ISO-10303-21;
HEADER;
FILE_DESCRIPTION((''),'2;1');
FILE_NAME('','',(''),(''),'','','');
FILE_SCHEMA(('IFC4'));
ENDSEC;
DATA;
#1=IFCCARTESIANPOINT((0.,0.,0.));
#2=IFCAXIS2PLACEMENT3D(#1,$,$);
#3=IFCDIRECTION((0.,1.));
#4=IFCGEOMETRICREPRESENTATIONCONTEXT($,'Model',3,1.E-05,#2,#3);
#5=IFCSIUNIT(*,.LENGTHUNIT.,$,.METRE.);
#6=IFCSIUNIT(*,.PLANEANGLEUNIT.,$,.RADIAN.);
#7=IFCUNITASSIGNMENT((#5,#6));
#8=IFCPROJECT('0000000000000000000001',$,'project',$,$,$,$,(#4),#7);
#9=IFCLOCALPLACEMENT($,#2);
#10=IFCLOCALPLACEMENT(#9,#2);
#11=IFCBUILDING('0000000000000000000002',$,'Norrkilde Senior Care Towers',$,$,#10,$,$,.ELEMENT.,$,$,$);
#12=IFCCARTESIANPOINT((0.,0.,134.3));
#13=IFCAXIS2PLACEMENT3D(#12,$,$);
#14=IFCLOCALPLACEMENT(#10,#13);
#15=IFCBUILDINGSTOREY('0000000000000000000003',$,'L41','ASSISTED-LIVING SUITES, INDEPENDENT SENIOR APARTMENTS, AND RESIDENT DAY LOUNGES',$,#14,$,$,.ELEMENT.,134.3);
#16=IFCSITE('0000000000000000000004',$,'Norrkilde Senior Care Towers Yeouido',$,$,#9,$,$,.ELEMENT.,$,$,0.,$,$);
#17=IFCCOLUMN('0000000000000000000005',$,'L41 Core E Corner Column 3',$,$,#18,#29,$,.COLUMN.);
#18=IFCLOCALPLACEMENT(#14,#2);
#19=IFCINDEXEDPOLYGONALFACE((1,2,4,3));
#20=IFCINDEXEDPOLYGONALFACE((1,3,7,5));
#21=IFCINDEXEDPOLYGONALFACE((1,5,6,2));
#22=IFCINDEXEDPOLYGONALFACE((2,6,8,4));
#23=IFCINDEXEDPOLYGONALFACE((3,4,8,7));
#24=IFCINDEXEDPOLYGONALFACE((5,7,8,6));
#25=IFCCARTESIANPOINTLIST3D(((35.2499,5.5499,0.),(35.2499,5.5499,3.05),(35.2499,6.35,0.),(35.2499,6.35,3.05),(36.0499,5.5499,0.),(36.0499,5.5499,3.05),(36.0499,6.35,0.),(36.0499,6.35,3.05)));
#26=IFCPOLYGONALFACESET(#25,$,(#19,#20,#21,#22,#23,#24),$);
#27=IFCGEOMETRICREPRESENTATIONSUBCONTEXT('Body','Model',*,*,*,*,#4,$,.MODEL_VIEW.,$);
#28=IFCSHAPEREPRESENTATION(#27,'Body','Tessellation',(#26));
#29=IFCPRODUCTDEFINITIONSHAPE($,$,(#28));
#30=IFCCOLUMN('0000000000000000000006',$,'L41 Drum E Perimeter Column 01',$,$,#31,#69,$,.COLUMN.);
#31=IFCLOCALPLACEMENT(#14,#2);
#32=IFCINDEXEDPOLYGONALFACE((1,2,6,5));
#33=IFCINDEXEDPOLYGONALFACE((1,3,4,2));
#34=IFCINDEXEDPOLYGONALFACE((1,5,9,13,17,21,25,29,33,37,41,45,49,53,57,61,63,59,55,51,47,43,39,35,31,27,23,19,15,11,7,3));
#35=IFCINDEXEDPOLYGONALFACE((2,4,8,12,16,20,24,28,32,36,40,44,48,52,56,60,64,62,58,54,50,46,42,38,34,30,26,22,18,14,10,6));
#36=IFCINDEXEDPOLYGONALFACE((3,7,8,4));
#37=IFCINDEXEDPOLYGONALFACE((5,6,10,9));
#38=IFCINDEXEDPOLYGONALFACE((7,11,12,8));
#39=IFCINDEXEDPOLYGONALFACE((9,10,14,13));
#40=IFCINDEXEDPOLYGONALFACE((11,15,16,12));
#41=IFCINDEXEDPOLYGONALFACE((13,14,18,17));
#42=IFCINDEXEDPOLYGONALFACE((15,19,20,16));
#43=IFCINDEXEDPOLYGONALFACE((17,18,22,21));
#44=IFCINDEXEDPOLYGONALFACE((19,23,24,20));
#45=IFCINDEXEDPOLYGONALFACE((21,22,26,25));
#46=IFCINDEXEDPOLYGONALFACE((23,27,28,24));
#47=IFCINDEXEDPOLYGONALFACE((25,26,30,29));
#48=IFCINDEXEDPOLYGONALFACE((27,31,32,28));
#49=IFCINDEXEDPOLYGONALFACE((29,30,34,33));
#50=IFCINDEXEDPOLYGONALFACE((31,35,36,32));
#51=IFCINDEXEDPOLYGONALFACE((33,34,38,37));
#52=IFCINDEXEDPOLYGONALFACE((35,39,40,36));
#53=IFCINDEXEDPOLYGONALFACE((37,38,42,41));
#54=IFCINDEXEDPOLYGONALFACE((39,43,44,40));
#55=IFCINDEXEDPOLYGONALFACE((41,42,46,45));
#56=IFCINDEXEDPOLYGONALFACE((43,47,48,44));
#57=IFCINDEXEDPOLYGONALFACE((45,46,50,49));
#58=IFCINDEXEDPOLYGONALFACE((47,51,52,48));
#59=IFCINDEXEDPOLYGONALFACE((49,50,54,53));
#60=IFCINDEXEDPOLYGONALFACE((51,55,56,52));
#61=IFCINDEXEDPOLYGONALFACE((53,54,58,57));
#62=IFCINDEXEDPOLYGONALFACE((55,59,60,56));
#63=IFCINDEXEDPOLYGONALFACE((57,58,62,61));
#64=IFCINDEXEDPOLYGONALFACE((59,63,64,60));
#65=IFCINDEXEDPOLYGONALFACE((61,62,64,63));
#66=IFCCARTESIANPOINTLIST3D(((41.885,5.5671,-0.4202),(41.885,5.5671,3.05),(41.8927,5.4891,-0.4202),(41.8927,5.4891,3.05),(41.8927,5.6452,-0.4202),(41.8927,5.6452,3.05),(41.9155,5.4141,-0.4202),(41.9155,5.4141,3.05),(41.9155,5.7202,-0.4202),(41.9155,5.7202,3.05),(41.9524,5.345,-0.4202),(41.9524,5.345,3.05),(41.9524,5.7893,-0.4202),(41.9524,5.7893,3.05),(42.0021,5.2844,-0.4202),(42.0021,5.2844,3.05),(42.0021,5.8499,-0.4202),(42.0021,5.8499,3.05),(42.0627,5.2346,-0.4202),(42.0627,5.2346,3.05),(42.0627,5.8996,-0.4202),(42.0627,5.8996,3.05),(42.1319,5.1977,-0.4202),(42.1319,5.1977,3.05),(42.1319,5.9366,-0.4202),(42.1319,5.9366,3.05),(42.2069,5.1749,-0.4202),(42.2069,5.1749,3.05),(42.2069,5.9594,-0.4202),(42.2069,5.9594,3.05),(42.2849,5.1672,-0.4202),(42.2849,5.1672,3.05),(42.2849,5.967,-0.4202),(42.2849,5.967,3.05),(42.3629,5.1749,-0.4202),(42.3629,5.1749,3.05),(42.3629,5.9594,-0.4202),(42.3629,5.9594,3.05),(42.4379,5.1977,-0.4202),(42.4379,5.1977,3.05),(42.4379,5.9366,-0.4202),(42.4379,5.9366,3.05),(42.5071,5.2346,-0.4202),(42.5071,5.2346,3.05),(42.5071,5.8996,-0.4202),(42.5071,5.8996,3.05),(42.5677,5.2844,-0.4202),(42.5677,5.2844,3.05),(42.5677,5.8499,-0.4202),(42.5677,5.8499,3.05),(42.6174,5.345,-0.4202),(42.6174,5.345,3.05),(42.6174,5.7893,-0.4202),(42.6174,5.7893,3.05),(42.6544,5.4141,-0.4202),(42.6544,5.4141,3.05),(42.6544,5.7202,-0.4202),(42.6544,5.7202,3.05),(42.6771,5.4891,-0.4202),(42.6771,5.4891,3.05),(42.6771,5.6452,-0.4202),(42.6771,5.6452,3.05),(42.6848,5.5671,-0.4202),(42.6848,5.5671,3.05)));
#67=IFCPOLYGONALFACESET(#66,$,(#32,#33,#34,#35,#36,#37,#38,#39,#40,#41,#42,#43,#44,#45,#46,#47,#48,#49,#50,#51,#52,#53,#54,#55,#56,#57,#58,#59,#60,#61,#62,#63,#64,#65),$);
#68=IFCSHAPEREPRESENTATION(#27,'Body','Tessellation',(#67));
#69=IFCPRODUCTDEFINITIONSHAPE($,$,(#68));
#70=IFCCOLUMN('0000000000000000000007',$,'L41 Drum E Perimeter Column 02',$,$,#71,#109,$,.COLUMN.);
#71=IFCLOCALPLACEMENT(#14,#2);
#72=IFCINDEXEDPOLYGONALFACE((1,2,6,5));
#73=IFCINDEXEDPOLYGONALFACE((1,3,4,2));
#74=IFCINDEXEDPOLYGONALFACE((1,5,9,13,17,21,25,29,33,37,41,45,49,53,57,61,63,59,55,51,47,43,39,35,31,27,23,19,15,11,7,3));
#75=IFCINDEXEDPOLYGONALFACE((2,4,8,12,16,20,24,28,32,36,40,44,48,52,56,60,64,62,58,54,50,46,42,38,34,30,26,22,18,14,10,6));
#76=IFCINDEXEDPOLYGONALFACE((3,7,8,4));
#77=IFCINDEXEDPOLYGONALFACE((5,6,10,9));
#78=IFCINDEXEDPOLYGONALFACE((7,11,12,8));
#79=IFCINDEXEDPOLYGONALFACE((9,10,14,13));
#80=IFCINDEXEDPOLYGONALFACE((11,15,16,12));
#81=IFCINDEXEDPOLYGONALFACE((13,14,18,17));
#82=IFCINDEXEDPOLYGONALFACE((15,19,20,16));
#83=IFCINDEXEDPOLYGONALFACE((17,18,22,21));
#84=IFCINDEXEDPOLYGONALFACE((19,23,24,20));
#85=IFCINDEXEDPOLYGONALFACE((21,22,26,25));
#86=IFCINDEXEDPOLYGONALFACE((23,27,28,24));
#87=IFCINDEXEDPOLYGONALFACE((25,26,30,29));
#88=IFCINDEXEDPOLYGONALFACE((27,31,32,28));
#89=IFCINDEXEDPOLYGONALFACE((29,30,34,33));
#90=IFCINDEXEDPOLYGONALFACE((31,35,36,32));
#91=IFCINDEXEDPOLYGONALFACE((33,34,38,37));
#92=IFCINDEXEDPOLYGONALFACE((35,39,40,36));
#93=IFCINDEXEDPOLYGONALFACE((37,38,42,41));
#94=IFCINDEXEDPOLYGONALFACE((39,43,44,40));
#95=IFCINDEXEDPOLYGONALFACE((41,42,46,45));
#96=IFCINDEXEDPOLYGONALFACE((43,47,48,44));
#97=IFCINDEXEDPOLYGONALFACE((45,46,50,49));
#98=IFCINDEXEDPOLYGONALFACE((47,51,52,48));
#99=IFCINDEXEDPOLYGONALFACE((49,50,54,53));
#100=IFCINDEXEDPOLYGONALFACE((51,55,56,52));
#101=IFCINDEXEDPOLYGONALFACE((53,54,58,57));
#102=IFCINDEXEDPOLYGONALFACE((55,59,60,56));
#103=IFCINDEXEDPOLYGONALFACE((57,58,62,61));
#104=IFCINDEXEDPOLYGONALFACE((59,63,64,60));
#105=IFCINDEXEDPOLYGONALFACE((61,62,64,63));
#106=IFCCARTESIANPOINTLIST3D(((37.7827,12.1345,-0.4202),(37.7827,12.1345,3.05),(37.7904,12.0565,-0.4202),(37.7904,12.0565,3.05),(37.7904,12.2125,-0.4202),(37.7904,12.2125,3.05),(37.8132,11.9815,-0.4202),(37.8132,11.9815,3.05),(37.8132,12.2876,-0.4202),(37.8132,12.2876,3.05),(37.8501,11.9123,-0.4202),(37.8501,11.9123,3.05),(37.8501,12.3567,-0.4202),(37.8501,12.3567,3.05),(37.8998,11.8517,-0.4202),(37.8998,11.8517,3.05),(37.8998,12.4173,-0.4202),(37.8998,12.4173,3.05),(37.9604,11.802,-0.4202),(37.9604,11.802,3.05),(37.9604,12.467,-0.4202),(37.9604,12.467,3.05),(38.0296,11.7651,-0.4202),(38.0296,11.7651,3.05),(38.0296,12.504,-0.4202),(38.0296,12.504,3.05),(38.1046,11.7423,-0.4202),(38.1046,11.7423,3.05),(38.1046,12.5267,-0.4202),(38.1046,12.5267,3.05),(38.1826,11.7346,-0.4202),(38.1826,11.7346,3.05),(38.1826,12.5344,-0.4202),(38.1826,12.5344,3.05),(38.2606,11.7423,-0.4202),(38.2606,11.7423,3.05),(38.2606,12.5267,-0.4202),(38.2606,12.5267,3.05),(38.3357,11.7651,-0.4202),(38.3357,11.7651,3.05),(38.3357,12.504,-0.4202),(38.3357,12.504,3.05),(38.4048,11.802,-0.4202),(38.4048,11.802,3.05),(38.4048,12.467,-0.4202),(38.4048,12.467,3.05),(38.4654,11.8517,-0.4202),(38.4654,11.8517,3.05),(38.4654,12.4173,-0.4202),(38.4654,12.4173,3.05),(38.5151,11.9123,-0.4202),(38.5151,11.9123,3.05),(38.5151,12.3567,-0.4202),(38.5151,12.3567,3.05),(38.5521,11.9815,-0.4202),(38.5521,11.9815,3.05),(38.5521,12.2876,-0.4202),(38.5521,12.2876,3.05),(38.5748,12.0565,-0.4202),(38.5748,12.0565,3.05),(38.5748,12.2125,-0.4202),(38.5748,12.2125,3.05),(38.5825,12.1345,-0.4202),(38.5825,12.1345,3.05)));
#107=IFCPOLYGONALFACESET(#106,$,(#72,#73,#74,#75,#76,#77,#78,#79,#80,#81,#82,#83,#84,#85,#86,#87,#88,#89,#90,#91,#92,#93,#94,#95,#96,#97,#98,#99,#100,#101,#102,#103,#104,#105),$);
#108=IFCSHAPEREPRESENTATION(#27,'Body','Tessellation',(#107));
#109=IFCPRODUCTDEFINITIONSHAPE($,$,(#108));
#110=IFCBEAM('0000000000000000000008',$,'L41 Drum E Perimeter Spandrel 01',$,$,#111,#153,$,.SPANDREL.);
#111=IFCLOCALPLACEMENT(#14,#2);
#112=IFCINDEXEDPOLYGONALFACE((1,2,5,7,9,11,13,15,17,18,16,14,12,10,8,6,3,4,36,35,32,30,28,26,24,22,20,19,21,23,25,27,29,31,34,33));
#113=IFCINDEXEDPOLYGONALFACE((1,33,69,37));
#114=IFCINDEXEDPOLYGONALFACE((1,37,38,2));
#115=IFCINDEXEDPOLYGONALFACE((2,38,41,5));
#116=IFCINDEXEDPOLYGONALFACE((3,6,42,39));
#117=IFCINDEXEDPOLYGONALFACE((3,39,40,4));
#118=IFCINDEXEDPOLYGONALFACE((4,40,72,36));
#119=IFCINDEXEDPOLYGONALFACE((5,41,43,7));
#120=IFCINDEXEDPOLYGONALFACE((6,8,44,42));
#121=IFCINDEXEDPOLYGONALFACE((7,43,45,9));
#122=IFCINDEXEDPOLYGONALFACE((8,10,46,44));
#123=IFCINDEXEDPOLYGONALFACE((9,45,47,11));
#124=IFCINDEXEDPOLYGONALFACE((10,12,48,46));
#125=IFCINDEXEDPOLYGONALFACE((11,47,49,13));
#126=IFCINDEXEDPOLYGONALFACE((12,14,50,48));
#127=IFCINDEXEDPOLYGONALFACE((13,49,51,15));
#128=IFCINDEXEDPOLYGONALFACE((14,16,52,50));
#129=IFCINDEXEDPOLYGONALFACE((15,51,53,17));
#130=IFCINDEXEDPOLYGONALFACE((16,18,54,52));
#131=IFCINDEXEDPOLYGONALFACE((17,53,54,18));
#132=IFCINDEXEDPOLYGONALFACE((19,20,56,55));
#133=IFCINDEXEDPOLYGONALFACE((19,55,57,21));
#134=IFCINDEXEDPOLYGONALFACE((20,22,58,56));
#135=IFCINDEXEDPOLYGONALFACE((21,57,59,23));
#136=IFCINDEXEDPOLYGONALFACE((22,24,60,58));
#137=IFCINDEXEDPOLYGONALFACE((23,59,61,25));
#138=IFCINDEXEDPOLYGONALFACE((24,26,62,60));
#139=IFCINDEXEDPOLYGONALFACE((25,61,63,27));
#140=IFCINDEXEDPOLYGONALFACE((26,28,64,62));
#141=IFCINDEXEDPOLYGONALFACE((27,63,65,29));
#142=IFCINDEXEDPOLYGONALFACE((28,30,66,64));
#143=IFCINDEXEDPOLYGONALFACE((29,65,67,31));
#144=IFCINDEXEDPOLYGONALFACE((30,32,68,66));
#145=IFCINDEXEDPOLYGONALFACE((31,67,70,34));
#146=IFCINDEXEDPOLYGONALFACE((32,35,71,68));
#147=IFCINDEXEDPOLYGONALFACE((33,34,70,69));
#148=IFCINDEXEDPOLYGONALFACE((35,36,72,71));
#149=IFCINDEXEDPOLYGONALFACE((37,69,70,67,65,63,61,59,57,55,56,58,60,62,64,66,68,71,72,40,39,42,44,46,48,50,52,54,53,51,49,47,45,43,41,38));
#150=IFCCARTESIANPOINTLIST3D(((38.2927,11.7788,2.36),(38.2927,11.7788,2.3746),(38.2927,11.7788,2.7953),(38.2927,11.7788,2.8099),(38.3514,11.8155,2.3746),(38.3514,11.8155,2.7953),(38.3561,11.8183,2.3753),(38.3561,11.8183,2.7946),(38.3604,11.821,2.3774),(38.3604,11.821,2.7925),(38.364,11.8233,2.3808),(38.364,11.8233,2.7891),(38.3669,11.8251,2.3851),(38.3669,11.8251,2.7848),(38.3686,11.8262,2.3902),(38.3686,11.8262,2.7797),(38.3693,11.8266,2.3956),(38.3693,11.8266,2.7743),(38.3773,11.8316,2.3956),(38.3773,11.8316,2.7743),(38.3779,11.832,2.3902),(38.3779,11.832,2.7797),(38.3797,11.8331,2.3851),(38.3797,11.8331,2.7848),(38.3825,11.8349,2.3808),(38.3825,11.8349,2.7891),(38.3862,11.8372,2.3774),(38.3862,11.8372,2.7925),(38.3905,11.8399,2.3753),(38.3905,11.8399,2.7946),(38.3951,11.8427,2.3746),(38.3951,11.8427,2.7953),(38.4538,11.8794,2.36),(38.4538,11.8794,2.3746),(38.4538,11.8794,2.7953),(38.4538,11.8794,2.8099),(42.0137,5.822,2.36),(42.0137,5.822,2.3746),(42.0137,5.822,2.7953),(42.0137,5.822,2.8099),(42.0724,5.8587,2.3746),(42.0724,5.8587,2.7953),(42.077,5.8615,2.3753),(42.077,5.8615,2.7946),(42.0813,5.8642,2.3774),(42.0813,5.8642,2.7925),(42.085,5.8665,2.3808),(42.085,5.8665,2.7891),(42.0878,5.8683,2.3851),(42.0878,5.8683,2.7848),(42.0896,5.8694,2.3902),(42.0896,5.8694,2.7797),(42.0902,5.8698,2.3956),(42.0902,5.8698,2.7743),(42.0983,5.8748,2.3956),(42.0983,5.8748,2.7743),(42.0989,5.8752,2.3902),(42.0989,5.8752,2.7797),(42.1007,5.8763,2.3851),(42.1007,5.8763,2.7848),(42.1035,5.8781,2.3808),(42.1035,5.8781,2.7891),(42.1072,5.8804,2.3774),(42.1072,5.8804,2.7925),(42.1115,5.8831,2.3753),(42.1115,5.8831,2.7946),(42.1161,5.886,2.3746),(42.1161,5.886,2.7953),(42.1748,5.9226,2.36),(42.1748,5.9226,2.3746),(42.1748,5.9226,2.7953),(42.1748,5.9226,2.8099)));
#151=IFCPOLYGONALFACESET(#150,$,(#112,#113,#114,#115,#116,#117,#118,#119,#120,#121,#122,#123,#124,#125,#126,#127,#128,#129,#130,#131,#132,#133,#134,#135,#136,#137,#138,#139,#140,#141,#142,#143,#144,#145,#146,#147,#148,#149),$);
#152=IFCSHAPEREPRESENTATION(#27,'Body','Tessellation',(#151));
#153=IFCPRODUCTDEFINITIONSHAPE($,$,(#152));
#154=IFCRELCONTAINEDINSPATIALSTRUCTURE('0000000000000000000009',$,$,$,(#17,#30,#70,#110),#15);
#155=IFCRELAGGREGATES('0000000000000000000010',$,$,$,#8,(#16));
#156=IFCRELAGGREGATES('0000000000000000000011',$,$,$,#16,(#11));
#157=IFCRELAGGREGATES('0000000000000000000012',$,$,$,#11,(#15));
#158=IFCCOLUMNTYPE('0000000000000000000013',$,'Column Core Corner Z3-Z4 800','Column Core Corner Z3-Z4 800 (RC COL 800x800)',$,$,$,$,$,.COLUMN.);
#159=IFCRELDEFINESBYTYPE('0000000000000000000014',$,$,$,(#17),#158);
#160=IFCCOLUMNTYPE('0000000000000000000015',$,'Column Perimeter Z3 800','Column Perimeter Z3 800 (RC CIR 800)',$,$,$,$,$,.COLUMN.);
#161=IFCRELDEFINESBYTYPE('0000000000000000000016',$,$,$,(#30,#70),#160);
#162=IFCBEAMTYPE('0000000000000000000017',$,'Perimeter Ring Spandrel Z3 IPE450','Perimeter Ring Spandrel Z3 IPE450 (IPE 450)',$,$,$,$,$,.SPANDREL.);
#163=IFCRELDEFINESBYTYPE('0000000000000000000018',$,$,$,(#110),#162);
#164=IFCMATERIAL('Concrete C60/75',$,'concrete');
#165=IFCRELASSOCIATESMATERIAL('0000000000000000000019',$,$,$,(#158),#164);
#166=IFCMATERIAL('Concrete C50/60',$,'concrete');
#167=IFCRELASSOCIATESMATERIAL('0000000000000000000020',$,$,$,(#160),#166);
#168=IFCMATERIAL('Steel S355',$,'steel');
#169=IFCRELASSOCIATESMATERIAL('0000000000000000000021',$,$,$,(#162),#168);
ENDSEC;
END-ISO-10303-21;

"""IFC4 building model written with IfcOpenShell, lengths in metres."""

from ifc_helpers import new_model, si_unit, direction, frame, origin, origin_2d, place, context, subcontext, project, spatial, rectangle, circle, i_section, extrude, source, transform, mapped, material, material_profile, profile_set, type_object, type_shapes, element, save


model = new_model("IFC4")

# Units and contexts
model_context = context("Model", 3, precision=1e-05, world=origin(), true_north=direction((0.0, 1.0)))
body_context = subcontext(model_context, "Body", "Model", "MODEL_VIEW")
ifc_project = project(units=[si_unit("LENGTHUNIT", "METRE"), si_unit("PLANEANGLEUNIT", "RADIAN")], contexts=[model_context])

# Site, building, storey
site_placement = place(None, origin())
site = spatial("IfcSite", under=ifc_project, at=site_placement, Name="Norrkilde Senior Care Towers Yeouido", CompositionType="ELEMENT", RefElevation=0.0)
building_placement = place(site_placement, origin())
building = spatial("IfcBuilding", under=site, at=building_placement, Name="Norrkilde Senior Care Towers", CompositionType="ELEMENT")
storey_placement = place(building_placement, frame((0.0, 0.0, 134.3)))
storey = spatial("IfcBuildingStorey", under=building, at=storey_placement, Name="L41", Description="ASSISTED-LIVING SUITES, INDEPENDENT SENIOR APARTMENTS, AND RESIDENT DAY LOUNGES", CompositionType="ELEMENT", Elevation=134.3)

# Columns
ifc_material_1 = material(Name="Concrete C60/75", Category="concrete")
ifc_material_profile_1 = material_profile(ifc_material_1, rectangle(XDim=0.8, YDim=0.8, at=origin_2d()), Name="RC COL 800x800")
ifc_profile_set_1 = profile_set([ifc_material_profile_1], Name="Concrete C60/75")
column_type_1 = type_object("IfcColumnType", Name="Column Core Corner Z3-Z4 800", Description="Column Core Corner Z3-Z4 800 (RC COL 800x800)", PredefinedType="COLUMN", material=ifc_profile_set_1)
shared_shape_1 = source(origin(), body_context, "Body", "SweptSolid", [
    extrude(rectangle(XDim=0.8, YDim=0.8, at=origin_2d()), origin(), (0.0, 0.0, 1.0), 3.05),
])
type_shapes(column_type_1, [shared_shape_1])
column_placement = place(storey_placement, frame((35.6499, 5.95, 0.0), z_axis=(0.0, 0.0, 1.0), x_axis=(1.0, 0.0, 0.0)))
element("IfcColumn", 1, at=column_placement, inside=storey, type_object=column_type_1, Name="L41 Core E Corner Column 3", PredefinedType="COLUMN", context=body_context, shape_type="MappedRepresentation", body=[
    mapped(shared_shape_1, transform((0.0, 0.0, 0.0), x_axis=(1.0, 0.0, 0.0), y_axis=(0.0, 1.0, 0.0), z_axis=(0.0, 0.0, 1.0), scale=1.0)),
])
ifc_material_2 = material(Name="Concrete C50/60", Category="concrete")
ifc_material_profile_2 = material_profile(ifc_material_2, circle(Radius=0.3999, at=origin_2d()), Name="RC CIR 800")
ifc_profile_set_2 = profile_set([ifc_material_profile_2], Name="Concrete C50/60")
column_type_2 = type_object("IfcColumnType", Name="Column Perimeter Z3 800", Description="Column Perimeter Z3 800 (RC CIR 800)", PredefinedType="COLUMN", material=ifc_profile_set_2)
shared_shape_2 = source(origin(), body_context, "Body", "SweptSolid", [
    extrude(circle(Radius=0.3999, at=origin_2d()), origin(), (0.0, 0.0, 1.0), 3.4702),
])
type_shapes(column_type_2, [shared_shape_2])
for number, where, z_axis, x_axis, name in (
    (2, (42.2849, 5.5671, -0.4202), (0.0, 0.0, 1.0), (1.0, 0.0, 0.0), "L41 Drum E Perimeter Column 01"),
    (3, (38.1826, 12.1345, -0.4202), (0.0, 0.0, 1.0), (1.0, 0.0, 0.0), "L41 Drum E Perimeter Column 02"),
):
    element("IfcColumn", number, at=place(storey_placement, frame(where, z_axis=z_axis, x_axis=x_axis)), inside=storey, type_object=column_type_2, Name=name, PredefinedType="COLUMN", context=body_context, shape_type="MappedRepresentation", body=[
        mapped(shared_shape_2, transform((0.0, 0.0, 0.0), x_axis=(1.0, 0.0, 0.0), y_axis=(0.0, 1.0, 0.0), z_axis=(0.0, 0.0, 1.0), scale=1.0)),
    ])

# Beam
ifc_material_3 = material(Name="Steel S355", Category="steel")
ifc_material_profile_3 = material_profile(ifc_material_3, i_section(OverallWidth=0.1899, OverallDepth=0.45, WebThickness=0.0095, FlangeThickness=0.0146, FilletRadius=0.021, at=origin_2d()), Name="IPE 450")
ifc_profile_set_3 = profile_set([ifc_material_profile_3], Name="Steel S355")
beam_type_1 = type_object("IfcBeamType", Name="Perimeter Ring Spandrel Z3 IPE450", Description="Perimeter Ring Spandrel Z3 IPE450 (IPE 450)", PredefinedType="SPANDREL", material=ifc_profile_set_3)
shared_shape_3 = source(origin(), body_context, "Body", "SweptSolid", [
    extrude(i_section(OverallWidth=0.1899, OverallDepth=0.45, WebThickness=0.0095, FlangeThickness=0.0146, FilletRadius=0.021, at=origin_2d()), origin(), (0.0, 0.0, 1.0), 7.0234),
])
beam_1_placement = place(storey_placement, frame((42.0942, 5.8723, 2.585), z_axis=(-0.52979, 0.848129, 0.0), x_axis=(-0.848129, -0.52979, 0.0)))
element("IfcBeam", 4, at=beam_1_placement, inside=storey, type_object=beam_type_1, Name="L41 Drum E Perimeter Spandrel 01", PredefinedType="SPANDREL", context=body_context, shape_type="MappedRepresentation", body=[
    mapped(shared_shape_3, transform((0.0, 0.0, 0.0), x_axis=(1.0, 0.0, 0.0), y_axis=(0.0, 1.0, 0.0), z_axis=(0.0, 0.0, 1.0), scale=1.0)),
])

save(model, "model.ifc")
